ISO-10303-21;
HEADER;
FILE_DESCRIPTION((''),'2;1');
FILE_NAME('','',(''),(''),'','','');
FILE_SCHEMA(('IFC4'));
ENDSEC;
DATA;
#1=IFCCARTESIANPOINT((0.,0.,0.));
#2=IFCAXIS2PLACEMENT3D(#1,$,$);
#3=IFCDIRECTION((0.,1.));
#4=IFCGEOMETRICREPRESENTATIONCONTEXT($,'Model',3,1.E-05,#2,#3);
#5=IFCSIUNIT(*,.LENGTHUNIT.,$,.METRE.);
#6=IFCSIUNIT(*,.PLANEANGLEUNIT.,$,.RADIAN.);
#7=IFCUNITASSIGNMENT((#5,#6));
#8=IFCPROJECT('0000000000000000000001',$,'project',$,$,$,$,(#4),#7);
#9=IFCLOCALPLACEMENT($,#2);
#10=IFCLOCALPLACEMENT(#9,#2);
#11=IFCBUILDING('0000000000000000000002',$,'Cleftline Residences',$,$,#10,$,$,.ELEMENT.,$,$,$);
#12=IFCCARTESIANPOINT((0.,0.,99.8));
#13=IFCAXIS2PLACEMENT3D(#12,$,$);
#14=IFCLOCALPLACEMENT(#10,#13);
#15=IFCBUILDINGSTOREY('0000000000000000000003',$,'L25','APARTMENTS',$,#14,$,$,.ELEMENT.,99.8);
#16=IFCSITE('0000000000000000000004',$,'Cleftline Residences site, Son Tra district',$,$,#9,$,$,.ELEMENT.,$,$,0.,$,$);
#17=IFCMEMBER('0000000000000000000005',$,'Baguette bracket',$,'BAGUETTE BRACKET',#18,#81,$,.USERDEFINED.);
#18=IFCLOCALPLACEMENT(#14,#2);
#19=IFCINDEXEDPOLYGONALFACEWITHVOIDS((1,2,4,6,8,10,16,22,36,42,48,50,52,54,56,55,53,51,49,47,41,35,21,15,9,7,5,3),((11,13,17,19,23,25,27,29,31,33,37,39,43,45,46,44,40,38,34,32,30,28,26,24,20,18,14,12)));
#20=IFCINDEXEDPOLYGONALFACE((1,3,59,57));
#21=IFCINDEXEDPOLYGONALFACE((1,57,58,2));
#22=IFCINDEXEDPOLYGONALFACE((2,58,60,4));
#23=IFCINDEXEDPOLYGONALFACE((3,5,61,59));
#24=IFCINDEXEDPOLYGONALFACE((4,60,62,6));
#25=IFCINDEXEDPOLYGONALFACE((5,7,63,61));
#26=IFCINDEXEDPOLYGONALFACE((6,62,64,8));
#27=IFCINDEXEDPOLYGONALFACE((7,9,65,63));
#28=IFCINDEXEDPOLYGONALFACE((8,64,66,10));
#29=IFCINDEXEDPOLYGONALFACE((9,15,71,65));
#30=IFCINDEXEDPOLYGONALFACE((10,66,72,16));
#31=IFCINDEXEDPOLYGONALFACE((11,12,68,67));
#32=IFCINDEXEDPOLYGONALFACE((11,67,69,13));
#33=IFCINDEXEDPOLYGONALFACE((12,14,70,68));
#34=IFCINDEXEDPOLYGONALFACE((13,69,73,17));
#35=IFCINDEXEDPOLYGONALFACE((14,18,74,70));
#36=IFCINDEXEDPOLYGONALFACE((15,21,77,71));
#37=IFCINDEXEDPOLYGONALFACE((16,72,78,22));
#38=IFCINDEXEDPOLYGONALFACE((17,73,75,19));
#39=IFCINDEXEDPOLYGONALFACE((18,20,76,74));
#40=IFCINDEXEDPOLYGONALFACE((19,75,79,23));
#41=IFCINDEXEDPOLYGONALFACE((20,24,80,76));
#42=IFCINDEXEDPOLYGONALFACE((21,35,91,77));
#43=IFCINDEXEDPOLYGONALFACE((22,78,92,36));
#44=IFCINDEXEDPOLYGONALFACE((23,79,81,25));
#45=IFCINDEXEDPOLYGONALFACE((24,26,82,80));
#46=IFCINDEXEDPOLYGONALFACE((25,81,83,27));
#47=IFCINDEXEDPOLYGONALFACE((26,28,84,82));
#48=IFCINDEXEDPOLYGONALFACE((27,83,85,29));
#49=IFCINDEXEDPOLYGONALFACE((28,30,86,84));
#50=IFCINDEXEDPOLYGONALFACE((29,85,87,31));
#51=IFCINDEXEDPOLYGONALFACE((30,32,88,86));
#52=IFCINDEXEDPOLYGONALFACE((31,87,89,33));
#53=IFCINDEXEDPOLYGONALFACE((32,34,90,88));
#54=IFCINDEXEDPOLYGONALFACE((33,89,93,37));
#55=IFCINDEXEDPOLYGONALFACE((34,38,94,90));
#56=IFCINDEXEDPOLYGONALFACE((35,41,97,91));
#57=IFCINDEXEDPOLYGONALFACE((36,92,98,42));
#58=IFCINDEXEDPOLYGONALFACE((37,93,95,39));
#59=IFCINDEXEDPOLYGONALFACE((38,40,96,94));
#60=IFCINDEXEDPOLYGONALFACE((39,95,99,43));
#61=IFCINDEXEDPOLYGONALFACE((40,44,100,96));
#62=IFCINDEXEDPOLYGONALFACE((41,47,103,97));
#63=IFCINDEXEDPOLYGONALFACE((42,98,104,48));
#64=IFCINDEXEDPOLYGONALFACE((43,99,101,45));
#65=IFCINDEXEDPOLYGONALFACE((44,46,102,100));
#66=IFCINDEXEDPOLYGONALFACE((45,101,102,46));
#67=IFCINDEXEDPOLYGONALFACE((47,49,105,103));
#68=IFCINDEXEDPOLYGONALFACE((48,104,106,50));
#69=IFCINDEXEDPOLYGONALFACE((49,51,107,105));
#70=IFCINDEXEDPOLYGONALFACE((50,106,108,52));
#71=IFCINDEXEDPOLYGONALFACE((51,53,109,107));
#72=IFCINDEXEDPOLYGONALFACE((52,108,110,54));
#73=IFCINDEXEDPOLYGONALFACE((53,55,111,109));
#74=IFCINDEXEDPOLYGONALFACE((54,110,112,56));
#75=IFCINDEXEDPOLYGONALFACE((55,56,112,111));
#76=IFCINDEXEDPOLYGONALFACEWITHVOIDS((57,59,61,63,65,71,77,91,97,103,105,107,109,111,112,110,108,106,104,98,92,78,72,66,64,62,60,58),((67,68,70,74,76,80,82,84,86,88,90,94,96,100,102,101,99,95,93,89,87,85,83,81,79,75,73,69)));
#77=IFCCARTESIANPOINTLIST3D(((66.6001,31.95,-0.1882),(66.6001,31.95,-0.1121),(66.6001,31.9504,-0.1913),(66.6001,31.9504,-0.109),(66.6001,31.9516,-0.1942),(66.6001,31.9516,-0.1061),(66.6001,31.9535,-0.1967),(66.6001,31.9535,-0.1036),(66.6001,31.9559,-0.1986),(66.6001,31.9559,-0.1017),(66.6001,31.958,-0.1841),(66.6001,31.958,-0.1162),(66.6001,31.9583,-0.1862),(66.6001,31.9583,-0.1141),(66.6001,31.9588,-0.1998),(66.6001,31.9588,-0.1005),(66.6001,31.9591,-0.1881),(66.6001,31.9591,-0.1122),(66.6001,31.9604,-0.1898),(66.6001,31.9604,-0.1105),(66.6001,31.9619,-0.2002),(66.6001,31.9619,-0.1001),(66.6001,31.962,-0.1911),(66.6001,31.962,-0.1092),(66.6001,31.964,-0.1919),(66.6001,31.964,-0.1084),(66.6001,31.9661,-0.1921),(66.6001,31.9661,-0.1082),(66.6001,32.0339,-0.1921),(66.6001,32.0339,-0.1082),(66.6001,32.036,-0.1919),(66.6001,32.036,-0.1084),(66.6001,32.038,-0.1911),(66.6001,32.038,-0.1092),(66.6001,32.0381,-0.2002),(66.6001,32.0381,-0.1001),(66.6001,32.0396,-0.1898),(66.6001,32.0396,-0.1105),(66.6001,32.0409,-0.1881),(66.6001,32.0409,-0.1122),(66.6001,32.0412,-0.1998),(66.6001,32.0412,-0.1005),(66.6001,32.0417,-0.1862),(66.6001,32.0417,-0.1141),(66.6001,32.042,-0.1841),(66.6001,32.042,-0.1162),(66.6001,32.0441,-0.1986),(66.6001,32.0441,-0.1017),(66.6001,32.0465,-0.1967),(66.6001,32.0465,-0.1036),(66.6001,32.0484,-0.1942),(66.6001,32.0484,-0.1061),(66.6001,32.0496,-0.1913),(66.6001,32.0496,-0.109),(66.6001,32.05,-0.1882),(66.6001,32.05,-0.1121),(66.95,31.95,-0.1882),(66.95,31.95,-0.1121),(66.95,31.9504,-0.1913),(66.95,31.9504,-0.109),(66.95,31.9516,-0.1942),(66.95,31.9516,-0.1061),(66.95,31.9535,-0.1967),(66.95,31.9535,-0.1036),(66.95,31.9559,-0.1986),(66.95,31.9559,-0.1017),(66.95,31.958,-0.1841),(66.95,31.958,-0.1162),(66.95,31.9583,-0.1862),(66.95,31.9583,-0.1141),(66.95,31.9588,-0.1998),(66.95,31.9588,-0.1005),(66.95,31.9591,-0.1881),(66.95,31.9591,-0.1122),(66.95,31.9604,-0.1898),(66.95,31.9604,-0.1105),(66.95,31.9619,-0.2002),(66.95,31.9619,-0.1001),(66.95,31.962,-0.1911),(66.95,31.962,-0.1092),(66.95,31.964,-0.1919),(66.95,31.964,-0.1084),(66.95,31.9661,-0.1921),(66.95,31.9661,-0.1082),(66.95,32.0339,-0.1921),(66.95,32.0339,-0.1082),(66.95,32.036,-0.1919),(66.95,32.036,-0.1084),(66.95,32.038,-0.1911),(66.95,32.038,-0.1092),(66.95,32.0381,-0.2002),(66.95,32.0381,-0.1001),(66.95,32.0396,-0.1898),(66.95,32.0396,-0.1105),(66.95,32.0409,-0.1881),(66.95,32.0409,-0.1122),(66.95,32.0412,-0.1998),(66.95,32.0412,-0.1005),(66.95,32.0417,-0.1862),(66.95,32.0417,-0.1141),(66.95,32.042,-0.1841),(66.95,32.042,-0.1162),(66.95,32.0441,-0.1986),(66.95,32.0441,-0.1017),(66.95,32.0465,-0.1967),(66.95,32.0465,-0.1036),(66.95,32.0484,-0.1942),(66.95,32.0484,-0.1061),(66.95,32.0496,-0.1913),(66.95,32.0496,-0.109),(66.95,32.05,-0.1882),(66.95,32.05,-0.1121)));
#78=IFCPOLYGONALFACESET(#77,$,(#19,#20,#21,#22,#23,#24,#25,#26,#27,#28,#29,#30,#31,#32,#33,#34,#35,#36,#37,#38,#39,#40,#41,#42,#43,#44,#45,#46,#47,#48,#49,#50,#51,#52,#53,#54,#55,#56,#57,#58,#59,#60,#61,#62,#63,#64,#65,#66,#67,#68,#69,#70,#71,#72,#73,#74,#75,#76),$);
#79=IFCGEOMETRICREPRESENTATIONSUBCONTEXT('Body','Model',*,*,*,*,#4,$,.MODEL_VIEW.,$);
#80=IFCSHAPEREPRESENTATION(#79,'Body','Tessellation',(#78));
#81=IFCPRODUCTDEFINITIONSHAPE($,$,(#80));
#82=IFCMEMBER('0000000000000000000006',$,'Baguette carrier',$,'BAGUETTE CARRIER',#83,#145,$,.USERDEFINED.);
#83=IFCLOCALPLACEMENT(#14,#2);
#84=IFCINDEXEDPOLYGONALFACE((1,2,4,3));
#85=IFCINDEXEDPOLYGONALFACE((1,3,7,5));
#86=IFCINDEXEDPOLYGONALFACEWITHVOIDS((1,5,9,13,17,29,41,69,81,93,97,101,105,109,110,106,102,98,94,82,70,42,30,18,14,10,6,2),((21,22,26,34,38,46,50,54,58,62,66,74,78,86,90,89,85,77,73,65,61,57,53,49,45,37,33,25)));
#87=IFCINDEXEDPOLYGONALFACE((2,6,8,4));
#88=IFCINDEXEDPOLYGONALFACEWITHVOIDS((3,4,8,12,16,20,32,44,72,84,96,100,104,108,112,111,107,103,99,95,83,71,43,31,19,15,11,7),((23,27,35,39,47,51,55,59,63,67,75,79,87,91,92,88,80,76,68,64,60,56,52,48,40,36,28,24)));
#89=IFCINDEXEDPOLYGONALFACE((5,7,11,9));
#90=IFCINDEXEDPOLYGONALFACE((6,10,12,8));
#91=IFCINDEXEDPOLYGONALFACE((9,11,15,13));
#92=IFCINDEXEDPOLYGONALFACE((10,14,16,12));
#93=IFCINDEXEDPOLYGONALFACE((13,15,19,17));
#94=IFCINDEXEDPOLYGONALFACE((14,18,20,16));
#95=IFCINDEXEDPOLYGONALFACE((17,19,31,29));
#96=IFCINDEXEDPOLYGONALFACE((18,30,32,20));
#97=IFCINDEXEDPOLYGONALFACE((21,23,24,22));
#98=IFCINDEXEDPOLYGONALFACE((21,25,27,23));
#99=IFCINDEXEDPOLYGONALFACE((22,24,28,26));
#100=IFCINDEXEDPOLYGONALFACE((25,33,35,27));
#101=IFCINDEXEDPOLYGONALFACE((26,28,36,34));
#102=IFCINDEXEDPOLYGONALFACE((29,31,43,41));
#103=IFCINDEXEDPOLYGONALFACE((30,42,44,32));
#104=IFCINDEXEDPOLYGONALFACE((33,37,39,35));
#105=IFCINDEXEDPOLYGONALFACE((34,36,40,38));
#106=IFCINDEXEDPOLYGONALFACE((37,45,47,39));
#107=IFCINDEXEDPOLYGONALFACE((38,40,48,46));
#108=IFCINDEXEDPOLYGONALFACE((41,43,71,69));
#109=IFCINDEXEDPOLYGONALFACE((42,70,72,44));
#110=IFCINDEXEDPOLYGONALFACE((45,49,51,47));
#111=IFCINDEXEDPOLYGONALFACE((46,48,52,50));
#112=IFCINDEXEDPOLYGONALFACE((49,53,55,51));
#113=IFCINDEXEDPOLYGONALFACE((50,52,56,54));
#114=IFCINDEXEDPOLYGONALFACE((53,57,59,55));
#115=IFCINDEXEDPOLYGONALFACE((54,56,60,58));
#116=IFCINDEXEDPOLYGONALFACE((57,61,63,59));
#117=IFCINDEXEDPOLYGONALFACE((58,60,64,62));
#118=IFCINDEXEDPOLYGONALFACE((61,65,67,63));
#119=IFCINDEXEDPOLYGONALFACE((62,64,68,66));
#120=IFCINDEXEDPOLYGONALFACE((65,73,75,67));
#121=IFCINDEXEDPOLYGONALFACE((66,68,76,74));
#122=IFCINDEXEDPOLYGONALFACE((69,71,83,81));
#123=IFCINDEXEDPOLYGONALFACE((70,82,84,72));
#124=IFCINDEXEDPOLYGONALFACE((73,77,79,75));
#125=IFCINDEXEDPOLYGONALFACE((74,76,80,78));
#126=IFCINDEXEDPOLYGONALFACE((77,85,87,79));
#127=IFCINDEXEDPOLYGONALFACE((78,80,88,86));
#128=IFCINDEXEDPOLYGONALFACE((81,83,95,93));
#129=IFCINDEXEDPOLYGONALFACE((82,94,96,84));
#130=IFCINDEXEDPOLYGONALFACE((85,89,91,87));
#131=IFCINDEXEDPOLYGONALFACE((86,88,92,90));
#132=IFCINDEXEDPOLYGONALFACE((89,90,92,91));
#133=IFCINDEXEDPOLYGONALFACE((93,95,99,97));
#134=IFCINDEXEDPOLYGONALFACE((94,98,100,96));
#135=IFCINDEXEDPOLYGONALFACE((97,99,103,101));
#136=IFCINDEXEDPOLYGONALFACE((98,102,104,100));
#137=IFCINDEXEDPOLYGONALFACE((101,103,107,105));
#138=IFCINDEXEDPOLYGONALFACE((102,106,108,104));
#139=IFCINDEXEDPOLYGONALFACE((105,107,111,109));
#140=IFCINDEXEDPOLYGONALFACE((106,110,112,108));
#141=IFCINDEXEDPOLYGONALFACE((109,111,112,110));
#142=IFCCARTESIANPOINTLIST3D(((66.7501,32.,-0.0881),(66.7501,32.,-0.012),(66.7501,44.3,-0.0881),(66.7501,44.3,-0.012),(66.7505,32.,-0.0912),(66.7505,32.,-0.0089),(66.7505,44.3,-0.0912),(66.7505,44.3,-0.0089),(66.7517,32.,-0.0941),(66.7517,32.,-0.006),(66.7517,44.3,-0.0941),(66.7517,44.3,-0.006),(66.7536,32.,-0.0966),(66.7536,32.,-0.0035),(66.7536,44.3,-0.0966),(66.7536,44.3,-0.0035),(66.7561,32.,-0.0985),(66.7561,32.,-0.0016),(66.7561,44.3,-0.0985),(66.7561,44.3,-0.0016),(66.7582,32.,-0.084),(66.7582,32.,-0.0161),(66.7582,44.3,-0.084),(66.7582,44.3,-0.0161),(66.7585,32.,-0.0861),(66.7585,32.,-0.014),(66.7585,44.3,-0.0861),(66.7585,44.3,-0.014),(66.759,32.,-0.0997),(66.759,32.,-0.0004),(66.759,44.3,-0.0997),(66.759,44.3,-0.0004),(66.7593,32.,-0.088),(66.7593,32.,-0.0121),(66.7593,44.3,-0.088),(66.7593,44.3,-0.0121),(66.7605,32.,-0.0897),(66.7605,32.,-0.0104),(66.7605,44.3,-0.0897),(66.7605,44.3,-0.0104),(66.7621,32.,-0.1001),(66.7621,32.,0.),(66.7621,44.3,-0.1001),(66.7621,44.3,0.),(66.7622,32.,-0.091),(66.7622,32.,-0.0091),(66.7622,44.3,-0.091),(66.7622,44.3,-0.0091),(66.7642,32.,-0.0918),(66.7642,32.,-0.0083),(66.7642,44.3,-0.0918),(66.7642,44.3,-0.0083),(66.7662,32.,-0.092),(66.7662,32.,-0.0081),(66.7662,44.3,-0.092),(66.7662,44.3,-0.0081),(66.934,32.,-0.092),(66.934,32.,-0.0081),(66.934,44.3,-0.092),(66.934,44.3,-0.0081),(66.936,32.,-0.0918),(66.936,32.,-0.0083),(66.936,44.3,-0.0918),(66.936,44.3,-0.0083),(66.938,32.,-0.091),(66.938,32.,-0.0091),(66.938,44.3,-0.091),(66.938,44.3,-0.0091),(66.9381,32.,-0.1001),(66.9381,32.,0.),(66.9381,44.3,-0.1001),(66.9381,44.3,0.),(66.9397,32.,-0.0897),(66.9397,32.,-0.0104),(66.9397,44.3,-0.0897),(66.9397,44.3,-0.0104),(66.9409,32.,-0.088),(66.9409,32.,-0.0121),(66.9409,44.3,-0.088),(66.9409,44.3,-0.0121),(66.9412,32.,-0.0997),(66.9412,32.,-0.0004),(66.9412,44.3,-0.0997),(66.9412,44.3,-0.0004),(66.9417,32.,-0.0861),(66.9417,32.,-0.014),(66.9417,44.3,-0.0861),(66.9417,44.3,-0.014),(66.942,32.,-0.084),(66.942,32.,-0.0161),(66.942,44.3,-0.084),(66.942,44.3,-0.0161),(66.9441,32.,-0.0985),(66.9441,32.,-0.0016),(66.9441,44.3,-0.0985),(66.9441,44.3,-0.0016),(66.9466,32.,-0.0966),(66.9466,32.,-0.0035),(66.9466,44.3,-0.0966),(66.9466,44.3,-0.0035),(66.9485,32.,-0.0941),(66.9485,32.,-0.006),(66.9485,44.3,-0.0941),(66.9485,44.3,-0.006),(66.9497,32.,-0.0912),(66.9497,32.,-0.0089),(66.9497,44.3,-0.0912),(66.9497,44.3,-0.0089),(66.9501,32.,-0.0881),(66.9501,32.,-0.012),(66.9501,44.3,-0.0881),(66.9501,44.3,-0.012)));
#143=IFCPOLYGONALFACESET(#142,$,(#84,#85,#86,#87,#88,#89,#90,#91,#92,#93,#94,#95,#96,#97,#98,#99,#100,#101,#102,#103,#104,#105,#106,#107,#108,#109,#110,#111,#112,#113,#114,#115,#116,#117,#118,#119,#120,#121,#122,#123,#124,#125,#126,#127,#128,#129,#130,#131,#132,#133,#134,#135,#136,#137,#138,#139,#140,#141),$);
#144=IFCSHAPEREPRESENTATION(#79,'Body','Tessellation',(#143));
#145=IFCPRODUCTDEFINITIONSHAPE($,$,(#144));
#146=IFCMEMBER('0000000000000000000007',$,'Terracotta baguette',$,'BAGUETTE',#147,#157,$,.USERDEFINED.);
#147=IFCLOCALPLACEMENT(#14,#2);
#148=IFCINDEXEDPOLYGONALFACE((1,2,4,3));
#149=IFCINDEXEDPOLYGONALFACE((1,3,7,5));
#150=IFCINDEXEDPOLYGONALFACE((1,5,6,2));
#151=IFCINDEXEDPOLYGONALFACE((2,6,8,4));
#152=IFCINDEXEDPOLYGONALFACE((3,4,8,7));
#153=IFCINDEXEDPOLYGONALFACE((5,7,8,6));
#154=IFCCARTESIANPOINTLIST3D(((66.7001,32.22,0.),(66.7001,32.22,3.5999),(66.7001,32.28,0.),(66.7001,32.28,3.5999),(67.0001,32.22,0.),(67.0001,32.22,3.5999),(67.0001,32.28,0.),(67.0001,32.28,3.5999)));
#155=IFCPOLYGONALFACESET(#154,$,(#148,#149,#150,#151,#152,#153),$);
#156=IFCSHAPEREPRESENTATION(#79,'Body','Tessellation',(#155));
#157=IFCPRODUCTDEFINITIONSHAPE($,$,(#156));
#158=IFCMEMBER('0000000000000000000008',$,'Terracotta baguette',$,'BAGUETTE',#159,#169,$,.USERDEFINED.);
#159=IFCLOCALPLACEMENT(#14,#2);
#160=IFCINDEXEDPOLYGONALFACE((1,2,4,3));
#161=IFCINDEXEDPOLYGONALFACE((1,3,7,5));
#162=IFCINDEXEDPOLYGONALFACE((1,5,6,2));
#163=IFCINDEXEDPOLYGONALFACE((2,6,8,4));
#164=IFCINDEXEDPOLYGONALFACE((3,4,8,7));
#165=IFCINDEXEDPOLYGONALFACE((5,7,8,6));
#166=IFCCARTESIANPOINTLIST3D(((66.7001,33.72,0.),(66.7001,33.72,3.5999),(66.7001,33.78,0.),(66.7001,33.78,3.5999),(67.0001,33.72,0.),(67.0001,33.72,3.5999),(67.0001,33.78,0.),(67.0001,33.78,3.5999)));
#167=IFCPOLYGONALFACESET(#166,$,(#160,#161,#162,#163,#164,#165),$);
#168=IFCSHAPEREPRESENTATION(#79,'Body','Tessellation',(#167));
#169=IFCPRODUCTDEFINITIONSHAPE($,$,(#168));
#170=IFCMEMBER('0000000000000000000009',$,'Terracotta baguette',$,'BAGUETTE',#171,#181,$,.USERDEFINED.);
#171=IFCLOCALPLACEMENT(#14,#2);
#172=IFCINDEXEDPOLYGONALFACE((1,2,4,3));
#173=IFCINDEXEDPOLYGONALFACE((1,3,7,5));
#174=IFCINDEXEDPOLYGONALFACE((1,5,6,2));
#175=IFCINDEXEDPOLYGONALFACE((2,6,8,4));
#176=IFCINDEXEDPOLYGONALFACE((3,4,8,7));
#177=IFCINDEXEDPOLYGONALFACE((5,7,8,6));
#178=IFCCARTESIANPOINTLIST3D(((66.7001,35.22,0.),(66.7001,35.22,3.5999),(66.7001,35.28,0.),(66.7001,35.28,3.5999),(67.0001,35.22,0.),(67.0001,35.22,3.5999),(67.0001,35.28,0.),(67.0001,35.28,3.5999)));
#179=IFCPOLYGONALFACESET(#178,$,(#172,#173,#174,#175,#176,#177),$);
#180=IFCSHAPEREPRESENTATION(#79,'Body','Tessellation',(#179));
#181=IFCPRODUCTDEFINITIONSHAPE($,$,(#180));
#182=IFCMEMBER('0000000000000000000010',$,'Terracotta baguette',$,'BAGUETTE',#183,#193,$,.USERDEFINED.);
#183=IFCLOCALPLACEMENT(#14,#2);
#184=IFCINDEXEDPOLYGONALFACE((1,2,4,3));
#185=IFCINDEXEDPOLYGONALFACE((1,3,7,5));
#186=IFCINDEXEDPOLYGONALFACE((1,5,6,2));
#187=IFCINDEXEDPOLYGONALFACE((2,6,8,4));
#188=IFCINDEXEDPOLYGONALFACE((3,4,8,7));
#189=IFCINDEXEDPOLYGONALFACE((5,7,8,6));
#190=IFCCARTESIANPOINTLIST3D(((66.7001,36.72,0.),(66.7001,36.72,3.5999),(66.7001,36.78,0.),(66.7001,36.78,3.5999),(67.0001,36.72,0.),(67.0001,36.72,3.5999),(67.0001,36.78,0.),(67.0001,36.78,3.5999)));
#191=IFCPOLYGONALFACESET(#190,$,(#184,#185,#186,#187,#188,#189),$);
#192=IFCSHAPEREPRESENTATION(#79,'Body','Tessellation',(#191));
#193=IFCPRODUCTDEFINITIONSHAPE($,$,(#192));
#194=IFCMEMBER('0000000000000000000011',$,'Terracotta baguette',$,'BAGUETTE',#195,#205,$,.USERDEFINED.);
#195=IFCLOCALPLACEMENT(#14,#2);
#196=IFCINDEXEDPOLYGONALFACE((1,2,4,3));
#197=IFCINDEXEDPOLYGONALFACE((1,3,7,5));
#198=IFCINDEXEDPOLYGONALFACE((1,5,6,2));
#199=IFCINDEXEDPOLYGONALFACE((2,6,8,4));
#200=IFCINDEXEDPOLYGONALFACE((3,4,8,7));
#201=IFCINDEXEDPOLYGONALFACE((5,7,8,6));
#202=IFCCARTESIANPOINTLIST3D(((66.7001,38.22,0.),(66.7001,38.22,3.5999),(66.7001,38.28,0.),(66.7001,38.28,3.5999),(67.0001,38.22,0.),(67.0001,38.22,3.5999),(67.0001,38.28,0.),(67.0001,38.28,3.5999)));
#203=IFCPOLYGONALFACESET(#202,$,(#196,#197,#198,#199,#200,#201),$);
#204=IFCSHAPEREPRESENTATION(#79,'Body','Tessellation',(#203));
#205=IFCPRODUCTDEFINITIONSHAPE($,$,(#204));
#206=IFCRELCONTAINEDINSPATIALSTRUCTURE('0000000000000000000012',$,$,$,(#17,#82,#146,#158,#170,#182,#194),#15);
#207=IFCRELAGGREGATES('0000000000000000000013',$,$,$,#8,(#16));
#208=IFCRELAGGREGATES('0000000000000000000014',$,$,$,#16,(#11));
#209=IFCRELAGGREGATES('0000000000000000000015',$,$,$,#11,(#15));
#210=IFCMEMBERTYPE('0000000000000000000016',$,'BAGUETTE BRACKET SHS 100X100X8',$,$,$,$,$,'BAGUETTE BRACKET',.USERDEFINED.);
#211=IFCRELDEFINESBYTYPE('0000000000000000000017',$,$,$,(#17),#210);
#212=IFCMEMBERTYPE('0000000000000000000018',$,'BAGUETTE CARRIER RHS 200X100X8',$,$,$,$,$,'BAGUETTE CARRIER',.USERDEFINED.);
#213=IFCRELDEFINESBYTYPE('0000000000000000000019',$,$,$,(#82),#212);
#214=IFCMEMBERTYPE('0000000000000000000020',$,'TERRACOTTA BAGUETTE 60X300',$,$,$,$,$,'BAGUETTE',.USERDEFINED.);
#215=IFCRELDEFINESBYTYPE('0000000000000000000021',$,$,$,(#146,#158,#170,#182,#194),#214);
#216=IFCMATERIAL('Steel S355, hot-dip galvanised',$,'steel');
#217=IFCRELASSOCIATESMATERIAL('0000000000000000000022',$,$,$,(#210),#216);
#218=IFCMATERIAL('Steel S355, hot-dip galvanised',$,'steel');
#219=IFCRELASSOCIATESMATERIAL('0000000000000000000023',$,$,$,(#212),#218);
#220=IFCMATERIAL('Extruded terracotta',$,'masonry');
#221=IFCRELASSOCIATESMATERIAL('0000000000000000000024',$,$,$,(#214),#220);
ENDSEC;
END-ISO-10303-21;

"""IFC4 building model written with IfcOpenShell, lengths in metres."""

from ifc_helpers import new_model, si_unit, direction, frame, origin, origin_2d, place, context, subcontext, project, spatial, rectangle, hollow_rectangle, extrude, material, material_profile, profile_set, type_object, element, save


model = new_model("IFC4")

# Units and contexts
model_context = context("Model", 3, precision=1e-05, world=origin(), true_north=direction((0.0, 1.0)))
body_context = subcontext(model_context, "Body", "Model", "MODEL_VIEW")
ifc_project = project(units=[si_unit("LENGTHUNIT", "METRE"), si_unit("PLANEANGLEUNIT", "RADIAN")], contexts=[model_context])

# Site, building, storey
site_placement = place(None, origin())
site = spatial("IfcSite", under=ifc_project, at=site_placement, Name="Cleftline Residences site, Son Tra district", CompositionType="ELEMENT", RefElevation=0.0)
building_placement = place(site_placement, origin())
building = spatial("IfcBuilding", under=site, at=building_placement, Name="Cleftline Residences", CompositionType="ELEMENT")
storey_placement = place(building_placement, frame((0.0, 0.0, 99.8)))
storey = spatial("IfcBuildingStorey", under=building, at=storey_placement, Name="L25", Description="APARTMENTS", CompositionType="ELEMENT", Elevation=99.8)

# Members
ifc_material_1 = material(Name="Steel S355, hot-dip galvanised", Category="steel")
ifc_material_profile_1 = material_profile(ifc_material_1, hollow_rectangle(XDim=0.1001, YDim=0.1001, WallThickness=0.0081, InnerFilletRadius=0.0081, OuterFilletRadius=0.012, at=origin_2d()))
ifc_profile_set_1 = profile_set([ifc_material_profile_1], Name="Steel S355, hot-dip galvanised")
member_type_1 = type_object("IfcMemberType", Name="BAGUETTE BRACKET SHS 100X100X8", ElementType="BAGUETTE BRACKET", PredefinedType="USERDEFINED", material=ifc_profile_set_1)
member_1_placement = place(storey_placement, frame((66.6001, 32.0, -0.1501), z_axis=(1.0, 0.0, 0.0), x_axis=(0.0, 1.0, 0.0)))
element("IfcMember", 1, at=member_1_placement, inside=storey, type_object=member_type_1, Name="Baguette bracket", ObjectType="BAGUETTE BRACKET", PredefinedType="USERDEFINED", context=body_context, shape_type="SweptSolid", body=[
    extrude(hollow_rectangle(XDim=0.1001, YDim=0.1001, WallThickness=0.0081, InnerFilletRadius=0.0081, OuterFilletRadius=0.012, at=origin_2d()), origin(), (0.0, 0.0, 1.0), 0.3499),
])
ifc_material_2 = material(Name="Steel S355, hot-dip galvanised", Category="steel")
ifc_material_profile_2 = material_profile(ifc_material_2, hollow_rectangle(XDim=0.1001, YDim=0.2, WallThickness=0.0081, InnerFilletRadius=0.0081, OuterFilletRadius=0.012, at=origin_2d()))
ifc_profile_set_2 = profile_set([ifc_material_profile_2], Name="Steel S355, hot-dip galvanised")
member_type_2 = type_object("IfcMemberType", Name="BAGUETTE CARRIER RHS 200X100X8", ElementType="BAGUETTE CARRIER", PredefinedType="USERDEFINED", material=ifc_profile_set_2)
member_2_placement = place(storey_placement, frame((66.8501, 32.0, -0.05), z_axis=(0.0, 1.0, 0.0), x_axis=(0.0, 0.0, 1.0)))
element("IfcMember", 2, at=member_2_placement, inside=storey, type_object=member_type_2, Name="Baguette carrier", ObjectType="BAGUETTE CARRIER", PredefinedType="USERDEFINED", context=body_context, shape_type="SweptSolid", body=[
    extrude(hollow_rectangle(XDim=0.1001, YDim=0.2, WallThickness=0.0081, InnerFilletRadius=0.0081, OuterFilletRadius=0.012, at=origin_2d()), origin(), (0.0, 0.0, 1.0), 12.3),
])
ifc_material_3 = material(Name="Extruded terracotta", Category="masonry")
ifc_material_profile_3 = material_profile(ifc_material_3, rectangle(XDim=0.0601, YDim=0.3, at=origin_2d()))
ifc_profile_set_3 = profile_set([ifc_material_profile_3], Name="Extruded terracotta")
member_type_3 = type_object("IfcMemberType", Name="TERRACOTTA BAGUETTE 60X300", ElementType="BAGUETTE", PredefinedType="USERDEFINED", material=ifc_profile_set_3)
for number, where, z_axis, x_axis, name in (
    (3, (66.8501, 32.25, 0.0), (0.0, 0.0, 1.0), (0.0, 1.0, 0.0), "Terracotta baguette"),
    (4, (66.8501, 33.75, 0.0), (0.0, 0.0, 1.0), (0.0, 1.0, 0.0), "Terracotta baguette"),
    (5, (66.8501, 35.25, 0.0), (0.0, 0.0, 1.0), (0.0, 1.0, 0.0), "Terracotta baguette"),
    (6, (66.8501, 36.75, 0.0), (0.0, 0.0, 1.0), (0.0, 1.0, 0.0), "Terracotta baguette"),
    (7, (66.8501, 38.25, 0.0), (0.0, 0.0, 1.0), (0.0, 1.0, 0.0), "Terracotta baguette"),
):
    element("IfcMember", number, at=place(storey_placement, frame(where, z_axis=z_axis, x_axis=x_axis)), inside=storey, type_object=member_type_3, Name=name, ObjectType="BAGUETTE", PredefinedType="USERDEFINED", context=body_context, shape_type="SweptSolid", body=[
        extrude(rectangle(XDim=0.0601, YDim=0.3, at=origin_2d()), origin(), (0.0, 0.0, 1.0), 3.5999),
    ])

save(model, "model.ifc")
